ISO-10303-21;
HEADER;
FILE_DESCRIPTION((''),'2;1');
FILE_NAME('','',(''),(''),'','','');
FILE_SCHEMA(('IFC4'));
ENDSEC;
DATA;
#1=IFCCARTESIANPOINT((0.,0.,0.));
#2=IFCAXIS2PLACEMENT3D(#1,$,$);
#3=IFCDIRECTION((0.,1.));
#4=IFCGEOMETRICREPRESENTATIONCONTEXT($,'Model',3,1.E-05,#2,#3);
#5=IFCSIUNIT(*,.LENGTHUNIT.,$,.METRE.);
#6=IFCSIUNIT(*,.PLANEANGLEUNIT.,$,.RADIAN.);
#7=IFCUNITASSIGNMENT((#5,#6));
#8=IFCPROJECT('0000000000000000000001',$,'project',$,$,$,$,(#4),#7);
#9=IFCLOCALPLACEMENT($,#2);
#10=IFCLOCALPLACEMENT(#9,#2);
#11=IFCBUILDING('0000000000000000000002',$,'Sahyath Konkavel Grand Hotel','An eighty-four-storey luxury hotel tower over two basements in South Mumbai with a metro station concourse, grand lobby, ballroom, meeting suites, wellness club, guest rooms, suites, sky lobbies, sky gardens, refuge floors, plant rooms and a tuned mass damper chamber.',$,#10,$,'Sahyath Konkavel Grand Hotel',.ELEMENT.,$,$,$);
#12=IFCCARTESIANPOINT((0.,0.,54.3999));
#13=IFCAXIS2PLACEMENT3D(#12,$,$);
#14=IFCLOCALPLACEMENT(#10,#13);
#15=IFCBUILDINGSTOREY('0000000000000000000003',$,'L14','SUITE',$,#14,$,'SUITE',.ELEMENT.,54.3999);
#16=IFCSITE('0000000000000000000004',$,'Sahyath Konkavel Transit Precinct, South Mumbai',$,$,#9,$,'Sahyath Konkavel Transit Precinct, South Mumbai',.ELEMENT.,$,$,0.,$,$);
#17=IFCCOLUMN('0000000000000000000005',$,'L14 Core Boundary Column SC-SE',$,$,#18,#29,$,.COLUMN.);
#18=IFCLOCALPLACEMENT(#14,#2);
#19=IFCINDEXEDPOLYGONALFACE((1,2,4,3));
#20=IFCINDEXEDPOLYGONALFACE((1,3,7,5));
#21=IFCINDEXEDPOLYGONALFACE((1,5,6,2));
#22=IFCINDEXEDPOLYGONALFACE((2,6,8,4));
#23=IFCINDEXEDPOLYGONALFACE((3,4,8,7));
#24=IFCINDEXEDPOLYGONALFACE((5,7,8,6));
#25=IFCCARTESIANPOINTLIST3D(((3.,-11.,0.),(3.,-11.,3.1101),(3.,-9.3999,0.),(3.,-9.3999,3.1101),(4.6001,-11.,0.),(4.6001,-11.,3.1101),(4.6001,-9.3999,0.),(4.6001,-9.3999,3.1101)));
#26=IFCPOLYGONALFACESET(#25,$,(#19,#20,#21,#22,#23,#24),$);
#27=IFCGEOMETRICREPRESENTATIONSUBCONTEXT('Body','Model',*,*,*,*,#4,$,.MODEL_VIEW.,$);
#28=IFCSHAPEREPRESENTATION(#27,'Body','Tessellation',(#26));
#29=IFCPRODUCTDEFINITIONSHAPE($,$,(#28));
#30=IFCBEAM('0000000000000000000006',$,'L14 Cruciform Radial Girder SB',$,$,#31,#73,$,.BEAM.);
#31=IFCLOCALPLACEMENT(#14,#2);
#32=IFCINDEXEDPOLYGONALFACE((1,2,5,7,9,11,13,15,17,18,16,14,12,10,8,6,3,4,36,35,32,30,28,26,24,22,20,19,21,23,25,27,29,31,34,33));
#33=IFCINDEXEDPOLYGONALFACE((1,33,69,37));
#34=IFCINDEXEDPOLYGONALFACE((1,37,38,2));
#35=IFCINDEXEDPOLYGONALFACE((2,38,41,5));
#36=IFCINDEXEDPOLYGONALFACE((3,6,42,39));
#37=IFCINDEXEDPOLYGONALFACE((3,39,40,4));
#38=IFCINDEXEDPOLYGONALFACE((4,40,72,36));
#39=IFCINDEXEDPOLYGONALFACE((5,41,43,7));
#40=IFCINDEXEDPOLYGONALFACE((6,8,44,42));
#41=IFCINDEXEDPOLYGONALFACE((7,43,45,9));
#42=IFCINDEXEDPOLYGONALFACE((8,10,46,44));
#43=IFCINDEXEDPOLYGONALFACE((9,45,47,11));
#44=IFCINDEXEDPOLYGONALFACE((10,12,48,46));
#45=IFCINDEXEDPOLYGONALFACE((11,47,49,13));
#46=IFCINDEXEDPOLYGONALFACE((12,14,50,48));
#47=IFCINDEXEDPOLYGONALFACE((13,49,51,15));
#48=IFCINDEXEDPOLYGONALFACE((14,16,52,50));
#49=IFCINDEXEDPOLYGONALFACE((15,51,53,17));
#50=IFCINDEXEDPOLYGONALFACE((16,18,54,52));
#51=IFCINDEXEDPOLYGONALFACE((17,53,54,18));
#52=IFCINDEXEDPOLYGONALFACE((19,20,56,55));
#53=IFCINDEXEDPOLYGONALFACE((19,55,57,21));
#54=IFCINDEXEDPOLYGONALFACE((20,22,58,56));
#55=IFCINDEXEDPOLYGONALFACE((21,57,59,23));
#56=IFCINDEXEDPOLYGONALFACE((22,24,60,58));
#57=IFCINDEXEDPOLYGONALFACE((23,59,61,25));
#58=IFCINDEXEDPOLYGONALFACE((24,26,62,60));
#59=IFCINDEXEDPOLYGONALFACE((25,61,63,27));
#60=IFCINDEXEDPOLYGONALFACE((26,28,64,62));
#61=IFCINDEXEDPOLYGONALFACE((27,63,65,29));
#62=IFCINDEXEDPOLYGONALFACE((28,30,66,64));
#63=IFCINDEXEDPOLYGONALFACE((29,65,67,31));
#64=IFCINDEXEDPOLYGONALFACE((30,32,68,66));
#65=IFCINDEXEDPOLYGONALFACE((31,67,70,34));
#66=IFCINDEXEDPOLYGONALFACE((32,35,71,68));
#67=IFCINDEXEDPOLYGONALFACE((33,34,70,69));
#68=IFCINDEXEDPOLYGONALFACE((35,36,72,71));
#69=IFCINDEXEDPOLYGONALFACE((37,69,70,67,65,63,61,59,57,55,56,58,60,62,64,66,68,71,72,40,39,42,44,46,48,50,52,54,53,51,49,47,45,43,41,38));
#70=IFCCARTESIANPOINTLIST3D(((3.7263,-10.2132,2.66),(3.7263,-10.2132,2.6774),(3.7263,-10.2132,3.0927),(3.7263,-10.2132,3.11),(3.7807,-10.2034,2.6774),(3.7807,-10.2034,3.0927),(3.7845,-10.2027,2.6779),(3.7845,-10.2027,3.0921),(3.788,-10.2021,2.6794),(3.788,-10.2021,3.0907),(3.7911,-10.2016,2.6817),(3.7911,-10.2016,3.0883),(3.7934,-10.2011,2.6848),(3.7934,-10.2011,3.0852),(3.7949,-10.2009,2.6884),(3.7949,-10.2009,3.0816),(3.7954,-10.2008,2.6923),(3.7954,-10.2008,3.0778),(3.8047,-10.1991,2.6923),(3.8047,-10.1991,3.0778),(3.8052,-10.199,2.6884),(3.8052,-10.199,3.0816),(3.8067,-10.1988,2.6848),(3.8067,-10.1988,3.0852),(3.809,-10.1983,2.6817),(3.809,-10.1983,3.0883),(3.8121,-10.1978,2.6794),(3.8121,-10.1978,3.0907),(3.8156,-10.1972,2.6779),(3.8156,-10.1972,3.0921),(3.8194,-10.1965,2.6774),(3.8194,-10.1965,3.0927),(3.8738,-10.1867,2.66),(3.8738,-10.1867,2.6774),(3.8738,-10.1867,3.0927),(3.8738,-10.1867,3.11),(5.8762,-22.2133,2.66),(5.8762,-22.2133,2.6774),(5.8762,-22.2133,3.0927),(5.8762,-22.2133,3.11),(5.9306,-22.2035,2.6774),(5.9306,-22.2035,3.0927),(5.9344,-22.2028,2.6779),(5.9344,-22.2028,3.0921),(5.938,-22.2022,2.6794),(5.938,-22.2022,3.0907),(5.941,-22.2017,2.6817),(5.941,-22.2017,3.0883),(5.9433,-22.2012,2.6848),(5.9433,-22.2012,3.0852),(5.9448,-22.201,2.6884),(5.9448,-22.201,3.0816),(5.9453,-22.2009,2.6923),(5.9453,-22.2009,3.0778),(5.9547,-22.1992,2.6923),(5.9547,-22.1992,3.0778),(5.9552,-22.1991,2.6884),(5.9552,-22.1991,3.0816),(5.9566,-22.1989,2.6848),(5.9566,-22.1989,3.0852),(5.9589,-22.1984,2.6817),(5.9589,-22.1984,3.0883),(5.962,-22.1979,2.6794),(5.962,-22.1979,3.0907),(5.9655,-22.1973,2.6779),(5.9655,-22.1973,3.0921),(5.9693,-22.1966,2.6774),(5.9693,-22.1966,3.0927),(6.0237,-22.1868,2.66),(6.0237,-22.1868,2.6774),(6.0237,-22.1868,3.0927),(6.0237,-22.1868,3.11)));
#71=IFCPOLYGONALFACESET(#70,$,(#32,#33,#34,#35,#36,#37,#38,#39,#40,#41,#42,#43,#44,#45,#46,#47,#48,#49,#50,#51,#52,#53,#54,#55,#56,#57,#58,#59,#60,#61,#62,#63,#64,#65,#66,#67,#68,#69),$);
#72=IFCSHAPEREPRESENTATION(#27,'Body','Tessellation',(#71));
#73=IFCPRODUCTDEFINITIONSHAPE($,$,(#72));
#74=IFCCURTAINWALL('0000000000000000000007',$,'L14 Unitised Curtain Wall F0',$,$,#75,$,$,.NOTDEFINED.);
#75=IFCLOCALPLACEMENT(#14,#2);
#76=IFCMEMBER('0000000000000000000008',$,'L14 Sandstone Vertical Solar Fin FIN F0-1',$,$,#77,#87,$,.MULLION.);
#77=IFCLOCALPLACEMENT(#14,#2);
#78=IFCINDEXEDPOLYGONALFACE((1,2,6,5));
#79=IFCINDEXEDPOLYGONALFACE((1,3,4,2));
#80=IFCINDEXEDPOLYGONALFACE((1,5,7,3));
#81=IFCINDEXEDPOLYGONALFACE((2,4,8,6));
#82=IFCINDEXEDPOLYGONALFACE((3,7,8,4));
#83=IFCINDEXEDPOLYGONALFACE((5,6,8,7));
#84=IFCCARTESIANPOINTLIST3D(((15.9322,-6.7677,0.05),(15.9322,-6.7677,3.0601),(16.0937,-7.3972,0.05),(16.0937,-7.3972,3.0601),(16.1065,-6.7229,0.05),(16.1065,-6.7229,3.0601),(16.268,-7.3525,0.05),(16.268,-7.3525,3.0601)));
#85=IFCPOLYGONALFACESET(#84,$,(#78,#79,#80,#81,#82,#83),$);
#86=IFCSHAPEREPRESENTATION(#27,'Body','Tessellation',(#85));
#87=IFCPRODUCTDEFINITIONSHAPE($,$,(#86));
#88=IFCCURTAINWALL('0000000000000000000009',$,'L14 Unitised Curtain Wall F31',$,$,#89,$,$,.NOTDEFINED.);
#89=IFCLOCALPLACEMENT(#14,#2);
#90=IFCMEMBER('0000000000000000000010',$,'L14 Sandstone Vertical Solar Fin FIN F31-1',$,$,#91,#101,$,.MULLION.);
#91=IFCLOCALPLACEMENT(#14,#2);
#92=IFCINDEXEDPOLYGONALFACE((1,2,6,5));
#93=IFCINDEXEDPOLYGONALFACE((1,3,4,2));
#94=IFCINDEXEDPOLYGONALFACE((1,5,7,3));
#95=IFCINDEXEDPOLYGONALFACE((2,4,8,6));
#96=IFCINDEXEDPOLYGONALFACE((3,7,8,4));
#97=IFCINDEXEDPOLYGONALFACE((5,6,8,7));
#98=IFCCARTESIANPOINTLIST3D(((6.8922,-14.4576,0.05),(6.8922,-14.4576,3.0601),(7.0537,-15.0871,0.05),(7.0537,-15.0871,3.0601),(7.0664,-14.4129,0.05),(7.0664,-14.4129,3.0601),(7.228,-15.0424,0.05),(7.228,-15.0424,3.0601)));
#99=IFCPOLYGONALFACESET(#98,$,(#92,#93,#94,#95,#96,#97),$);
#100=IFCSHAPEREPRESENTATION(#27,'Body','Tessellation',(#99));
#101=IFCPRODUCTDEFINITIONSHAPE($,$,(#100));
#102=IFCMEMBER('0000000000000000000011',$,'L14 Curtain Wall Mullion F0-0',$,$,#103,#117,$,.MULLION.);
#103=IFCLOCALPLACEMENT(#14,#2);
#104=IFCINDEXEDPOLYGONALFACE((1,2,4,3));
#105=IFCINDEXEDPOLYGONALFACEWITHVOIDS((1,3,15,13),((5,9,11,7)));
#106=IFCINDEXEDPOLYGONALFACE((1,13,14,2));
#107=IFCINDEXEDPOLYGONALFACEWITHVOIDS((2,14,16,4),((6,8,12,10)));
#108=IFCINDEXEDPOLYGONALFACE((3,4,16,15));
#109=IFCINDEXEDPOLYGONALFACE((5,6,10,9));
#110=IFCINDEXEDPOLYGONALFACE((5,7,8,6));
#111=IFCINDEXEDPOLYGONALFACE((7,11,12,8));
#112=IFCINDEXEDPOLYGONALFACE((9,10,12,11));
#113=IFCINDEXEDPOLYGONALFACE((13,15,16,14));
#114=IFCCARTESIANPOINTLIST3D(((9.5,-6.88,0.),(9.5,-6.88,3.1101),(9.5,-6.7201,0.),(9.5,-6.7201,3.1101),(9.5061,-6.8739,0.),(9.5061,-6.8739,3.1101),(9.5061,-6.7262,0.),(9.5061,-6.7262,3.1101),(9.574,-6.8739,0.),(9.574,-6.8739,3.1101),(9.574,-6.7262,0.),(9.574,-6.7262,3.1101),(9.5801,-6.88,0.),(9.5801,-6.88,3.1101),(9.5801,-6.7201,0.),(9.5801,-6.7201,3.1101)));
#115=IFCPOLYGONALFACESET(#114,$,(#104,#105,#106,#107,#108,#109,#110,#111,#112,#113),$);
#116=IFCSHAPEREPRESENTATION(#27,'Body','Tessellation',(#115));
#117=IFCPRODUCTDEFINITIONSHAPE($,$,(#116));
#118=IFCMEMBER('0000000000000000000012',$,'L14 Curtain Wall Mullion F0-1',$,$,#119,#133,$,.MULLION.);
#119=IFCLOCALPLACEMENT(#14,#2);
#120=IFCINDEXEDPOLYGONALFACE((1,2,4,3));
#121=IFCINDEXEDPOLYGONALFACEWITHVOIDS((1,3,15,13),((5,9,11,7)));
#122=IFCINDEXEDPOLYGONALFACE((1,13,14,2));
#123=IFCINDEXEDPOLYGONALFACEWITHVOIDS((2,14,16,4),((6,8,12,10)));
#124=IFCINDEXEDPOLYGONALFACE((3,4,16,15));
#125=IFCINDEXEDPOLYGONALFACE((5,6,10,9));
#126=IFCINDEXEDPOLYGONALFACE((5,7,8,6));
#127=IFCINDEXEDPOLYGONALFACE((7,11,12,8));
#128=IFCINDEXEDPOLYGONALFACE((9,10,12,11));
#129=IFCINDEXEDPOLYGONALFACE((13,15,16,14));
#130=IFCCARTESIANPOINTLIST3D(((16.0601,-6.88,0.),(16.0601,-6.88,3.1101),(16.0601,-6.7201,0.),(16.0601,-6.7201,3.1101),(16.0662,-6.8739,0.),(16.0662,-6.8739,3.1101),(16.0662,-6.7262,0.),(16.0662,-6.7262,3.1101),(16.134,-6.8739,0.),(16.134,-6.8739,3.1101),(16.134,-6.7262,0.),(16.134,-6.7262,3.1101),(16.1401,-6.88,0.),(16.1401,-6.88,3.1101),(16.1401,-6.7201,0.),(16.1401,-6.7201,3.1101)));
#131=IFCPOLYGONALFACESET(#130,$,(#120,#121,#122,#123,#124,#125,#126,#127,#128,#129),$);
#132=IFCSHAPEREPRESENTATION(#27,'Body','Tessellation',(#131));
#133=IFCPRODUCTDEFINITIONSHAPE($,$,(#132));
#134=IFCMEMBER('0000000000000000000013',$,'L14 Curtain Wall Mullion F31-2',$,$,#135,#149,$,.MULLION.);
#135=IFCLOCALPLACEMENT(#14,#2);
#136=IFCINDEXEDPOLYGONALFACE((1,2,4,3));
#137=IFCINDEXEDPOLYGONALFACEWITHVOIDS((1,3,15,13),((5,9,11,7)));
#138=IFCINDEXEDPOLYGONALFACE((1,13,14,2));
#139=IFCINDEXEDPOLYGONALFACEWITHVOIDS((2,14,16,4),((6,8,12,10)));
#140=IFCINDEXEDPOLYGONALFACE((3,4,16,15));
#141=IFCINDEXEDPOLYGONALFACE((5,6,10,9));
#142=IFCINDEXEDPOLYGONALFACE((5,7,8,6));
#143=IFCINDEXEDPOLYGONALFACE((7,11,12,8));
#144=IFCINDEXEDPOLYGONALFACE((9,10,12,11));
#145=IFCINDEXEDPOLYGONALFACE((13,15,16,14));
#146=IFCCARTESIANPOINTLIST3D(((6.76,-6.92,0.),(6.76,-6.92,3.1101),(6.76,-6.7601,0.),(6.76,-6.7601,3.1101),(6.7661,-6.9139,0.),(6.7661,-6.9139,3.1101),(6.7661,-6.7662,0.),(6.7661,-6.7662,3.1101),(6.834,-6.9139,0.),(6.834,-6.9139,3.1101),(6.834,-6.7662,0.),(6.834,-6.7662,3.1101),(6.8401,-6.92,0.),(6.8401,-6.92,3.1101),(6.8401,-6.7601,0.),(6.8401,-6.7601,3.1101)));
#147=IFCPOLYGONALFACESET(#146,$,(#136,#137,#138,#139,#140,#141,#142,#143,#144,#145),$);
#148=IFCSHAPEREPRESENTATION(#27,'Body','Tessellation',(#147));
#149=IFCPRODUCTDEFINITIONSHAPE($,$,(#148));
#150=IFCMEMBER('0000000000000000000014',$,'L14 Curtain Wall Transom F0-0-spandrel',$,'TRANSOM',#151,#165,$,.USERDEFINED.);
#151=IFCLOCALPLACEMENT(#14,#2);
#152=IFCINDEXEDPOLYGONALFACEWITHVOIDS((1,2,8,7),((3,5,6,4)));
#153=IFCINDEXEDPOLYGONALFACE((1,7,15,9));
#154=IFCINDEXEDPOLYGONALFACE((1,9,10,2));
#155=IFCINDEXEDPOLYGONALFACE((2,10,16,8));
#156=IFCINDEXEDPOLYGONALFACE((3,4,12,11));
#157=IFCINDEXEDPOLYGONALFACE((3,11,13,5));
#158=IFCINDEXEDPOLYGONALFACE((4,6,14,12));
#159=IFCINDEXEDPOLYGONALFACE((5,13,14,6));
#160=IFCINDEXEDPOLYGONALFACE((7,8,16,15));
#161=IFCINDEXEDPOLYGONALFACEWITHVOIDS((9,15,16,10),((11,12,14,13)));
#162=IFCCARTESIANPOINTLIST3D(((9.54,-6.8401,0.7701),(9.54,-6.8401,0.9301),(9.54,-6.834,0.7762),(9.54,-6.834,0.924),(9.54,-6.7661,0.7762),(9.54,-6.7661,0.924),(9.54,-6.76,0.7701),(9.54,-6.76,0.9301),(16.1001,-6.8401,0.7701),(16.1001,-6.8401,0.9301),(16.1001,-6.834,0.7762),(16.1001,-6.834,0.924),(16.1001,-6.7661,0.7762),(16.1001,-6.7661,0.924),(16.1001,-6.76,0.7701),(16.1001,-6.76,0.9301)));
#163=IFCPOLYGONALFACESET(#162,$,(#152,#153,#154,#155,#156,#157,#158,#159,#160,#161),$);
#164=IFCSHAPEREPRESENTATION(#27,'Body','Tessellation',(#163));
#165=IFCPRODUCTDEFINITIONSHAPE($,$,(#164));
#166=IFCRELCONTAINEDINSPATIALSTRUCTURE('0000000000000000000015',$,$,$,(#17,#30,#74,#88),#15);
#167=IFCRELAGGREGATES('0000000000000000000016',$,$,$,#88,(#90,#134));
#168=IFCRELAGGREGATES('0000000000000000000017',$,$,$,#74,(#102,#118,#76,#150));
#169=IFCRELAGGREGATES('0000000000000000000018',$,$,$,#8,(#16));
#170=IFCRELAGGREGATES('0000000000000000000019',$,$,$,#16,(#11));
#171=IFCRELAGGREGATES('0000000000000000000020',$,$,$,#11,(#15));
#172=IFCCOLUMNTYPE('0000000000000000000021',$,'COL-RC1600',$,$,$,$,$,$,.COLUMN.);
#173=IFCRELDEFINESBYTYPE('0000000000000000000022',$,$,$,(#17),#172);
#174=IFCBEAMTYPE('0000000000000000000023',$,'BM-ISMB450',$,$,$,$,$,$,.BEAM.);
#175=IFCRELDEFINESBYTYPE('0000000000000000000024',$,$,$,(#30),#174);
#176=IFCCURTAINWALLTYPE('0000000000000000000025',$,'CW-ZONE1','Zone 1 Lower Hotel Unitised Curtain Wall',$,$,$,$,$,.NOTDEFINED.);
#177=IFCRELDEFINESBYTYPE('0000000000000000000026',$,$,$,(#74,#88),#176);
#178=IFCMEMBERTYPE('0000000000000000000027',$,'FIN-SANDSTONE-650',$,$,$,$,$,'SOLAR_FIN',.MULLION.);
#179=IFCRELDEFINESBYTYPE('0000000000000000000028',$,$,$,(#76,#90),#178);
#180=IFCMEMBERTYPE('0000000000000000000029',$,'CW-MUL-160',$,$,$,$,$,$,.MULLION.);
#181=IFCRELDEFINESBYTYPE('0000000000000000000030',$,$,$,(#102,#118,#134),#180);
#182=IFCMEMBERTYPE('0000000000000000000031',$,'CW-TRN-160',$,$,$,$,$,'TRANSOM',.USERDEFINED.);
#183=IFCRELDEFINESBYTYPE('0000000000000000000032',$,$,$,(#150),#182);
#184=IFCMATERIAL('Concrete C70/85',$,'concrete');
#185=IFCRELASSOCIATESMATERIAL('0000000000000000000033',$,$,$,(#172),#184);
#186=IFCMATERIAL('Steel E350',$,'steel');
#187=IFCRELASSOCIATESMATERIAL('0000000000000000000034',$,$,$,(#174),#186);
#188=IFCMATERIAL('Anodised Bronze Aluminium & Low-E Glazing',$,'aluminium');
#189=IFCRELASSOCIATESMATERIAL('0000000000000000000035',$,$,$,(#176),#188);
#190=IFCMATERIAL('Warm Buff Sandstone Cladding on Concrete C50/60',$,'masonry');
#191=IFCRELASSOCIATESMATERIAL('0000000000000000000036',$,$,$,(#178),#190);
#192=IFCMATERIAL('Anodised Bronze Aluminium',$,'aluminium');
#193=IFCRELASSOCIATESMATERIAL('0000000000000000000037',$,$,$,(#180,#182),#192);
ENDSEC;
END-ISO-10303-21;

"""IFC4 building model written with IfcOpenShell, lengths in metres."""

from ifc_helpers import new_model, si_unit, direction, frame, origin, origin_2d, place, context, subcontext, project, spatial, rectangle, hollow_rectangle, i_section, extrude, source, transform, mapped, material, material_profile, profile_set, type_object, element, aggregate, save


model = new_model("IFC4")

# Units and contexts
model_context = context("Model", 3, precision=1e-05, world=origin(), true_north=direction((0.0, 1.0)))
body_context = subcontext(model_context, "Body", "Model", "MODEL_VIEW")
ifc_project = project(units=[si_unit("LENGTHUNIT", "METRE"), si_unit("PLANEANGLEUNIT", "RADIAN")], contexts=[model_context])

# Site, building, storey
site_placement = place(None, origin())
site = spatial("IfcSite", under=ifc_project, at=site_placement, Name="Sahyath Konkavel Transit Precinct, South Mumbai", LongName="Sahyath Konkavel Transit Precinct, South Mumbai", CompositionType="ELEMENT", RefElevation=0.0)
building_placement = place(site_placement, origin())
building = spatial("IfcBuilding", under=site, at=building_placement, Name="Sahyath Konkavel Grand Hotel", Description="An eighty-four-storey luxury hotel tower over two basements in South Mumbai with a metro station concourse, grand lobby, ballroom, meeting suites, wellness club, guest rooms, suites, sky lobbies, sky gardens, refuge floors, plant rooms and a tuned mass damper chamber.", LongName="Sahyath Konkavel Grand Hotel", CompositionType="ELEMENT")
storey_placement = place(building_placement, frame((0.0, 0.0, 54.3999)))
storey = spatial("IfcBuildingStorey", under=building, at=storey_placement, Name="L14", Description="SUITE", LongName="SUITE", CompositionType="ELEMENT", Elevation=54.3999)

# Column
ifc_material_1 = material(Name="Concrete C70/85", Category="concrete")
ifc_material_profile_1 = material_profile(ifc_material_1, rectangle(XDim=1.6001, YDim=1.6001, at=origin_2d()), Name="RC 1600x1600")
ifc_profile_set_1 = profile_set([ifc_material_profile_1], Name="Concrete C70/85")
column_type = type_object("IfcColumnType", Name="COL-RC1600", PredefinedType="COLUMN", material=ifc_profile_set_1)
shared_shape_1 = source(origin(), body_context, "Body", "SweptSolid", [
    extrude(rectangle(XDim=1.6001, YDim=1.6001, at=origin_2d()), origin(), (0.0, 0.0, 1.0), 3.1101),
])
column_placement = place(storey_placement, frame((3.8, -10.2, 0.0), z_axis=(0.0, 0.0, 1.0), x_axis=(1.0, 0.0, 0.0)))
element("IfcColumn", 1, at=column_placement, inside=storey, type_object=column_type, Name="L14 Core Boundary Column SC-SE", PredefinedType="COLUMN", context=body_context, shape_type="MappedRepresentation", body=[
    mapped(shared_shape_1, transform((0.0, 0.0, 0.0), scale=1.0)),
])

# Beam
ifc_material_2 = material(Name="Steel E350", Category="steel")
ifc_material_profile_2 = material_profile(ifc_material_2, i_section(OverallWidth=0.1499, OverallDepth=0.45, WebThickness=0.0095, FlangeThickness=0.0173, FilletRadius=0.0149, at=origin_2d()), Name="ISMB 450")
ifc_profile_set_2 = profile_set([ifc_material_profile_2], Name="Steel E350")
beam_type_1 = type_object("IfcBeamType", Name="BM-ISMB450", PredefinedType="BEAM", material=ifc_profile_set_2)
shared_shape_2 = source(origin(), body_context, "Body", "SweptSolid", [
    extrude(i_section(OverallWidth=0.1499, OverallDepth=0.45, WebThickness=0.0095, FlangeThickness=0.0173, FilletRadius=0.0149, at=origin_2d()), origin(), (0.0, 0.0, 1.0), 12.1912),
])
beam_1_placement = place(storey_placement, frame((3.8, -10.2, 2.885), z_axis=(0.176351, -0.984327, 0.0), x_axis=(0.984327, 0.176351, 0.0)))
element("IfcBeam", 2, at=beam_1_placement, inside=storey, type_object=beam_type_1, Name="L14 Cruciform Radial Girder SB", PredefinedType="BEAM", context=body_context, shape_type="MappedRepresentation", body=[
    mapped(shared_shape_2, transform((0.0, 0.0, 0.0), scale=1.0)),
])

# Curtain walls, members
ifc_material_3 = material(Name="Anodised Bronze Aluminium & Low-E Glazing", Category="aluminium")
curtain_wall_type = type_object("IfcCurtainWallType", Name="CW-ZONE1", Description="Zone 1 Lower Hotel Unitised Curtain Wall", PredefinedType="NOTDEFINED", material=ifc_material_3)
curtain_wall_1_placement = place(storey_placement, origin())
curtain_wall_1 = element("IfcCurtainWall", 3, at=curtain_wall_1_placement, inside=storey, type_object=curtain_wall_type, Name="L14 Unitised Curtain Wall F0", PredefinedType="NOTDEFINED")
ifc_material_4 = material(Name="Warm Buff Sandstone Cladding on Concrete C50/60", Category="masonry")
ifc_material_profile_3 = material_profile(ifc_material_4, rectangle(XDim=0.1799, YDim=0.6499, at=origin_2d()), Name="FIN 180x650")
ifc_profile_set_3 = profile_set([ifc_material_profile_3], Name="Warm Buff Sandstone Cladding on Concrete C50/60")
member_type_1 = type_object("IfcMemberType", Name="FIN-SANDSTONE-650", ElementType="SOLAR_FIN", PredefinedType="MULLION", material=ifc_profile_set_3)
shared_shape_3 = source(origin(), body_context, "Body", "SweptSolid", [
    extrude(rectangle(XDim=0.1799, YDim=0.6499, at=origin_2d()), origin(), (0.0, 0.0, 1.0), 3.01),
])
member_1_placement = place(storey_placement, frame((16.1001, -7.0601, 0.05), z_axis=(0.0, 0.0, 1.0), x_axis=(0.968627, 0.248521, 0.0)))
member_1 = element("IfcMember", 4, at=member_1_placement, type_object=member_type_1, Name="L14 Sandstone Vertical Solar Fin FIN F0-1", PredefinedType="MULLION", context=body_context, shape_type="MappedRepresentation", body=[
    mapped(shared_shape_3, transform((0.0, 0.0, 0.0), scale=1.0)),
])
curtain_wall_2_placement = place(storey_placement, origin())
curtain_wall_2 = element("IfcCurtainWall", 5, at=curtain_wall_2_placement, inside=storey, type_object=curtain_wall_type, Name="L14 Unitised Curtain Wall F31", PredefinedType="NOTDEFINED")
member_2_placement = place(storey_placement, frame((7.0601, -14.75, 0.05), z_axis=(0.0, 0.0, 1.0), x_axis=(0.968627, 0.248521, 0.0)))
member_2 = element("IfcMember", 6, at=member_2_placement, type_object=member_type_1, Name="L14 Sandstone Vertical Solar Fin FIN F31-1", PredefinedType="MULLION", context=body_context, shape_type="MappedRepresentation", body=[
    mapped(shared_shape_3, transform((0.0, 0.0, 0.0), scale=1.0)),
])

# Members
ifc_material_5 = material(Name="Anodised Bronze Aluminium", Category="aluminium")
ifc_material_profile_4 = material_profile(ifc_material_5, hollow_rectangle(XDim=0.0801, YDim=0.1599, WallThickness=0.0061, at=origin_2d()), Name="RHS 160x80x6")
ifc_profile_set_4 = profile_set([ifc_material_profile_4], Name="Anodised Bronze Aluminium")
member_type_2 = type_object("IfcMemberType", Name="CW-MUL-160", PredefinedType="MULLION", material=ifc_profile_set_4)
shared_shape_4 = source(origin(), body_context, "Body", "SweptSolid", [
    extrude(hollow_rectangle(XDim=0.0801, YDim=0.1599, WallThickness=0.0061, at=origin_2d()), origin(), (0.0, 0.0, 1.0), 3.1101),
])
member_3_placement = place(storey_placement, frame((9.54, -6.8, 0.0), z_axis=(0.0, 0.0, 1.0), x_axis=(1.0, 0.0, 0.0)))
member_3 = element("IfcMember", 7, at=member_3_placement, type_object=member_type_2, Name="L14 Curtain Wall Mullion F0-0", PredefinedType="MULLION", context=body_context, shape_type="MappedRepresentation", body=[
    mapped(shared_shape_4, transform((0.0, 0.0, 0.0), scale=1.0)),
])
member_4_placement = place(storey_placement, frame((16.1001, -6.8, 0.0), z_axis=(0.0, 0.0, 1.0), x_axis=(1.0, 0.0, 0.0)))
member_4 = element("IfcMember", 8, at=member_4_placement, type_object=member_type_2, Name="L14 Curtain Wall Mullion F0-1", PredefinedType="MULLION", context=body_context, shape_type="MappedRepresentation", body=[
    mapped(shared_shape_4, transform((0.0, 0.0, 0.0), scale=1.0)),
])
member_5_placement = place(storey_placement, frame((6.8, -6.8401, 0.0), z_axis=(0.0, 0.0, 1.0), x_axis=(1.0, 0.0, 0.0)))
member_5 = element("IfcMember", 9, at=member_5_placement, type_object=member_type_2, Name="L14 Curtain Wall Mullion F31-2", PredefinedType="MULLION", context=body_context, shape_type="MappedRepresentation", body=[
    mapped(shared_shape_4, transform((0.0, 0.0, 0.0), scale=1.0)),
])
ifc_material_profile_5 = material_profile(ifc_material_5, hollow_rectangle(XDim=0.0801, YDim=0.1599, WallThickness=0.0061, at=origin_2d()), Name="RHS 160x80x6")
ifc_profile_set_5 = profile_set([ifc_material_profile_5], Name="Anodised Bronze Aluminium")
member_type_3 = type_object("IfcMemberType", Name="CW-TRN-160", ElementType="TRANSOM", PredefinedType="USERDEFINED", material=ifc_profile_set_5)
shared_shape_5 = source(origin(), body_context, "Body", "SweptSolid", [
    extrude(hollow_rectangle(XDim=0.0801, YDim=0.1599, WallThickness=0.0061, at=origin_2d()), origin(), (0.0, 0.0, 1.0), 6.5601),
])
member_6_placement = place(storey_placement, frame((9.54, -6.8, 0.8501), z_axis=(1.0, 0.0, 0.0), x_axis=(0.0, 1.0, 0.0)))
member_6 = element("IfcMember", 10, at=member_6_placement, type_object=member_type_3, Name="L14 Curtain Wall Transom F0-0-spandrel", ObjectType="TRANSOM", PredefinedType="USERDEFINED", context=body_context, shape_type="MappedRepresentation", body=[
    mapped(shared_shape_5, transform((0.0, 0.0, 0.0), scale=1.0)),
])

aggregate(curtain_wall_2, [member_2, member_5])
aggregate(curtain_wall_1, [member_3, member_4, member_1, member_6])

save(model, "model.ifc")
